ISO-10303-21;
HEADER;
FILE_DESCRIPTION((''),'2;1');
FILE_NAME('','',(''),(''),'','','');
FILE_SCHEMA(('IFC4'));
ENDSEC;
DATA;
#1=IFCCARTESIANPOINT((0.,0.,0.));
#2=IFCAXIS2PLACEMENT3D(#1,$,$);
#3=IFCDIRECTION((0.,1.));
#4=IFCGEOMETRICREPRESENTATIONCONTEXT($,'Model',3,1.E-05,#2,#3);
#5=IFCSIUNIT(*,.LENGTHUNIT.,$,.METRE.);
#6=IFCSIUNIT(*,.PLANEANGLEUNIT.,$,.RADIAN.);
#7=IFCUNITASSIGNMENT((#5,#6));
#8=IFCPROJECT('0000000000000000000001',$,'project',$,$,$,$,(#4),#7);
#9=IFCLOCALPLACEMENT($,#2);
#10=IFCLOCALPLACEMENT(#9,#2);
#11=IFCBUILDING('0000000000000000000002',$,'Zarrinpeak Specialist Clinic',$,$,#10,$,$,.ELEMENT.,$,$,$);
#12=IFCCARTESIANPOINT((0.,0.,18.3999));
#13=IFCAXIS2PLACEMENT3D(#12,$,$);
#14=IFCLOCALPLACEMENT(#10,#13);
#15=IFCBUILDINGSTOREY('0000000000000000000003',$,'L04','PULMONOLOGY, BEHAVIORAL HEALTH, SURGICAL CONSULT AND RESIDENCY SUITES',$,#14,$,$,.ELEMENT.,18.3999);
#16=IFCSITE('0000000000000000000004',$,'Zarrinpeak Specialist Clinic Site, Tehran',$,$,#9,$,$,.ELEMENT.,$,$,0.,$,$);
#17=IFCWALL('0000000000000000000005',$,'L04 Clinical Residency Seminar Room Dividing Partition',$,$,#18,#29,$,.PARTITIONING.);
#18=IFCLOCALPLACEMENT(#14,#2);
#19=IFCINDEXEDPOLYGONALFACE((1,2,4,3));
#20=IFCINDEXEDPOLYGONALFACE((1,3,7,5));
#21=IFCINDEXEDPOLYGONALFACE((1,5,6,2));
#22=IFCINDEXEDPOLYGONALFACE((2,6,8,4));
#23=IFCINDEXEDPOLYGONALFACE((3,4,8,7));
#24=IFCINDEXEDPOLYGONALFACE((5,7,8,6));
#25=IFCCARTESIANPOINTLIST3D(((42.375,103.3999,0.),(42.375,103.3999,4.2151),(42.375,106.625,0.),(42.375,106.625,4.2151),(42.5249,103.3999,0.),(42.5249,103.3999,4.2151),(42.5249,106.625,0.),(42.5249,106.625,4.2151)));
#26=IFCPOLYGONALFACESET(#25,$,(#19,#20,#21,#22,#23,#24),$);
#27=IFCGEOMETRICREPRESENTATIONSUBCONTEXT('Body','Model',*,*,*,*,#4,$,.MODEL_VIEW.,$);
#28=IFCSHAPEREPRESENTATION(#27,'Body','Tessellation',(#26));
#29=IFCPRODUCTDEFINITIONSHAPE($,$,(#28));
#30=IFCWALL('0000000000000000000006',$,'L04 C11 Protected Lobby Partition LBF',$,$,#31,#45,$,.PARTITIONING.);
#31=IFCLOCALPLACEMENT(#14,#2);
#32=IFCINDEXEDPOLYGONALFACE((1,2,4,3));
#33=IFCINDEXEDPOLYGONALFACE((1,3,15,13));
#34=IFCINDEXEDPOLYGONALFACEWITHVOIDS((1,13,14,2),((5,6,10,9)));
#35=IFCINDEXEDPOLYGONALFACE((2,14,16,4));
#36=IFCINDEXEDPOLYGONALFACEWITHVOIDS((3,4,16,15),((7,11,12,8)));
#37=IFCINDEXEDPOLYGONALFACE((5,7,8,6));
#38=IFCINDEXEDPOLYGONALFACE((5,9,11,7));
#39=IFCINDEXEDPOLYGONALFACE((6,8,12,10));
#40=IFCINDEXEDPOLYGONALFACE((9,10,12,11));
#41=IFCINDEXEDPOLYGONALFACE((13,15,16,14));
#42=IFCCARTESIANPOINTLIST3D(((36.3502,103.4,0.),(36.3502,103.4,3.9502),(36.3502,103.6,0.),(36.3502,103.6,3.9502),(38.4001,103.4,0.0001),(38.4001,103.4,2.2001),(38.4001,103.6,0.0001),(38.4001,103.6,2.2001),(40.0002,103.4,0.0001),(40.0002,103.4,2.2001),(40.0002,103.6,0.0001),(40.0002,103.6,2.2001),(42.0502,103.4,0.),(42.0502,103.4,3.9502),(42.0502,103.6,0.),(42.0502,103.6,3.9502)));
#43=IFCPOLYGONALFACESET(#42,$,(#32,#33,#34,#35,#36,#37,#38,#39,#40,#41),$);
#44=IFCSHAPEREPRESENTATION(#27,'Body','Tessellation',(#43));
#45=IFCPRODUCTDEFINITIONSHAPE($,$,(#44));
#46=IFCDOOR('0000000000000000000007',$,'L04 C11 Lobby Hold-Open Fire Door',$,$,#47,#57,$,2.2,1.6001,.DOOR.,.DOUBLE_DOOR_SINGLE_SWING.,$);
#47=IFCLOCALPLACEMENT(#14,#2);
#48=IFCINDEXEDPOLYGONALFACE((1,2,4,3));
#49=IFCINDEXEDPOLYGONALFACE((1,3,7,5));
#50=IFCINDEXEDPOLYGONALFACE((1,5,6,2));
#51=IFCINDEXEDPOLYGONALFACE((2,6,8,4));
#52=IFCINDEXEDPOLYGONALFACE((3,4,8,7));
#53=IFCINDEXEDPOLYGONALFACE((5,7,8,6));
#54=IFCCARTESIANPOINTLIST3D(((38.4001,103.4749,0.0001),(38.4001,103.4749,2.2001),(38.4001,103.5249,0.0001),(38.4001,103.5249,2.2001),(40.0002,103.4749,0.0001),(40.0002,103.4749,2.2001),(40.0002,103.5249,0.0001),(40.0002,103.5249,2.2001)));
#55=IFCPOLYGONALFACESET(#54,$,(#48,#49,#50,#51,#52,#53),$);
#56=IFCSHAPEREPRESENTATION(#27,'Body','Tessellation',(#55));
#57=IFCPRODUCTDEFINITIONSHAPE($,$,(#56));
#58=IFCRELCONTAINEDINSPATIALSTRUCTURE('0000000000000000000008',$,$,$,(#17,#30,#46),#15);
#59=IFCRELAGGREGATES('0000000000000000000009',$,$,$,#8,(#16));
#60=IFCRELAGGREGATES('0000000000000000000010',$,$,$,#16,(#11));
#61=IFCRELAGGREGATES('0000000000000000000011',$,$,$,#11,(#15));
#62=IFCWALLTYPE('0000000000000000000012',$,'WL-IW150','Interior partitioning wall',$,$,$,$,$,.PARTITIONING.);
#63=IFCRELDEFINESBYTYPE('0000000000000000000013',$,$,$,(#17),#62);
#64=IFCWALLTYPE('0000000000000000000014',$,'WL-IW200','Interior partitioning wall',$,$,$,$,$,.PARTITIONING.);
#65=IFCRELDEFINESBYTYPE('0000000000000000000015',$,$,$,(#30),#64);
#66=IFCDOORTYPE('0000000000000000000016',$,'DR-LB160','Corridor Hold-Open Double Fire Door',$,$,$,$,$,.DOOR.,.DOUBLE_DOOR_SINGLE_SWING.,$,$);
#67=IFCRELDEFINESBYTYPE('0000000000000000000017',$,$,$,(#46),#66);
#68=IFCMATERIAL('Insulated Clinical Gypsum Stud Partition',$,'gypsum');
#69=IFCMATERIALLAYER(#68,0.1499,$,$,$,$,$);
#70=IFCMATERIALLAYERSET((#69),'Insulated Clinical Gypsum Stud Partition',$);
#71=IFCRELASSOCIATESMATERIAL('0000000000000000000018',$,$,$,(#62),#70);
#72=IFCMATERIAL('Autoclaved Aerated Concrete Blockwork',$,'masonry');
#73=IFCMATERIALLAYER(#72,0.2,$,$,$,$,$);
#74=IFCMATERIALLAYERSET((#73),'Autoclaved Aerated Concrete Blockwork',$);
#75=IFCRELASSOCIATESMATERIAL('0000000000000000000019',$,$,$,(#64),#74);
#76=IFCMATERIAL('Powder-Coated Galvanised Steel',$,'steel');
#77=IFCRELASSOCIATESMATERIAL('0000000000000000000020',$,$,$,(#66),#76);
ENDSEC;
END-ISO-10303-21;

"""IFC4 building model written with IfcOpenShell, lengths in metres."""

from ifc_helpers import new_model, si_unit, direction, frame, frame_2d, origin, place, context, subcontext, project, spatial, rectangle, extrude, material, layer, layer_set, type_object, element, fill, save


model = new_model("IFC4")

# Units and contexts
model_context = context("Model", 3, precision=1e-05, world=origin(), true_north=direction((0.0, 1.0)))
body_context = subcontext(model_context, "Body", "Model", "MODEL_VIEW")
ifc_project = project(units=[si_unit("LENGTHUNIT", "METRE"), si_unit("PLANEANGLEUNIT", "RADIAN")], contexts=[model_context])

# Site, building, storey
site_placement = place(None, origin())
site = spatial("IfcSite", under=ifc_project, at=site_placement, Name="Zarrinpeak Specialist Clinic Site, Tehran", CompositionType="ELEMENT", RefElevation=0.0)
building_placement = place(site_placement, origin())
building = spatial("IfcBuilding", under=site, at=building_placement, Name="Zarrinpeak Specialist Clinic", CompositionType="ELEMENT")
storey_placement = place(building_placement, frame((0.0, 0.0, 18.3999)))
storey = spatial("IfcBuildingStorey", under=building, at=storey_placement, Name="L04", Description="PULMONOLOGY, BEHAVIORAL HEALTH, SURGICAL CONSULT AND RESIDENCY SUITES", CompositionType="ELEMENT", Elevation=18.3999)

# Shared definitions
ifc_material_1 = material(Name="Powder-Coated Galvanised Steel", Category="steel")

# Shared definitions
ifc_material_2 = material(Name="Insulated Clinical Gypsum Stud Partition", Category="gypsum")
ifc_layer_1 = layer(ifc_material_2, 0.1499)
ifc_layer_set_1 = layer_set([ifc_layer_1], Name="Insulated Clinical Gypsum Stud Partition")
wall_type_1 = type_object("IfcWallType", Name="WL-IW150", Description="Interior partitioning wall", PredefinedType="PARTITIONING", material=ifc_layer_set_1)

# Wall
wall_1_placement = place(storey_placement, frame((42.45, 103.3999, 0.0), z_axis=(0.0, 0.0, 1.0), x_axis=(0.0, 1.0, 0.0)))
element("IfcWall", 1, at=wall_1_placement, inside=storey, type_object=wall_type_1, Name="L04 Clinical Residency Seminar Room Dividing Partition", PredefinedType="PARTITIONING", context=body_context, shape_type="SweptSolid", body=[
    extrude(rectangle(XDim=3.2251, YDim=0.1499, at=frame_2d((1.6125, 0.0))), origin(), (0.0, 0.0, 1.0), 4.2151),
])

# Wall, opening, door
ifc_material_3 = material(Name="Autoclaved Aerated Concrete Blockwork", Category="masonry")
ifc_layer_2 = layer(ifc_material_3, 0.2)
ifc_layer_set_2 = layer_set([ifc_layer_2], Name="Autoclaved Aerated Concrete Blockwork")
wall_type_2 = type_object("IfcWallType", Name="WL-IW200", Description="Interior partitioning wall", PredefinedType="PARTITIONING", material=ifc_layer_set_2)
wall_2_placement = place(storey_placement, frame((36.3501, 103.5, 0.0), z_axis=(0.0, 0.0, 1.0), x_axis=(1.0, 0.0, 0.0)))
wall_2 = element("IfcWall", 2, at=wall_2_placement, inside=storey, type_object=wall_type_2, Name="L04 C11 Protected Lobby Partition LBF", PredefinedType="PARTITIONING", context=body_context, shape_type="SweptSolid", body=[
    extrude(rectangle(XDim=5.7, YDim=0.2, at=frame_2d((2.8501, 0.0))), origin(), (0.0, 0.0, 1.0), 3.9502),
])
opening_1_placement = place(wall_2_placement, frame((2.05, 0.0, 0.0)))
opening_1 = element("IfcOpeningElement", 3, at=opening_1_placement, cuts=wall_2, PredefinedType="OPENING", context=body_context, shape_type="SweptSolid", body=[
    extrude(rectangle(XDim=1.6001, YDim=2.2, at=frame_2d((0.8, 1.1001))), frame((0.0, 0.1099, 0.0), z_axis=(0.0, -1.0, 0.0), x_axis=(1.0, 0.0, 0.0)), (0.0, 0.0, 1.0), 0.22),
])
door_type_1 = type_object("IfcDoorType", Name="DR-LB160", Description="Corridor Hold-Open Double Fire Door", OperationType="DOUBLE_DOOR_SINGLE_SWING", PredefinedType="DOOR", material=ifc_material_1)
door_1_placement = place(opening_1_placement, origin())
door_1 = element("IfcDoor", 4, at=door_1_placement, inside=storey, type_object=door_type_1, Name="L04 C11 Lobby Hold-Open Fire Door", OperationType="DOUBLE_DOOR_SINGLE_SWING", OverallHeight=2.2, OverallWidth=1.6001, PredefinedType="DOOR", context=body_context, shape_type="SweptSolid", body=[
    extrude(rectangle(XDim=1.6001, YDim=2.2, at=frame_2d((0.8, 1.1001))), frame((0.0, 0.0249, 0.0), z_axis=(0.0, -1.0, 0.0), x_axis=(1.0, 0.0, 0.0)), (0.0, 0.0, 1.0), 0.05),
])
fill(opening_1, door_1)

save(model, "model.ifc")
